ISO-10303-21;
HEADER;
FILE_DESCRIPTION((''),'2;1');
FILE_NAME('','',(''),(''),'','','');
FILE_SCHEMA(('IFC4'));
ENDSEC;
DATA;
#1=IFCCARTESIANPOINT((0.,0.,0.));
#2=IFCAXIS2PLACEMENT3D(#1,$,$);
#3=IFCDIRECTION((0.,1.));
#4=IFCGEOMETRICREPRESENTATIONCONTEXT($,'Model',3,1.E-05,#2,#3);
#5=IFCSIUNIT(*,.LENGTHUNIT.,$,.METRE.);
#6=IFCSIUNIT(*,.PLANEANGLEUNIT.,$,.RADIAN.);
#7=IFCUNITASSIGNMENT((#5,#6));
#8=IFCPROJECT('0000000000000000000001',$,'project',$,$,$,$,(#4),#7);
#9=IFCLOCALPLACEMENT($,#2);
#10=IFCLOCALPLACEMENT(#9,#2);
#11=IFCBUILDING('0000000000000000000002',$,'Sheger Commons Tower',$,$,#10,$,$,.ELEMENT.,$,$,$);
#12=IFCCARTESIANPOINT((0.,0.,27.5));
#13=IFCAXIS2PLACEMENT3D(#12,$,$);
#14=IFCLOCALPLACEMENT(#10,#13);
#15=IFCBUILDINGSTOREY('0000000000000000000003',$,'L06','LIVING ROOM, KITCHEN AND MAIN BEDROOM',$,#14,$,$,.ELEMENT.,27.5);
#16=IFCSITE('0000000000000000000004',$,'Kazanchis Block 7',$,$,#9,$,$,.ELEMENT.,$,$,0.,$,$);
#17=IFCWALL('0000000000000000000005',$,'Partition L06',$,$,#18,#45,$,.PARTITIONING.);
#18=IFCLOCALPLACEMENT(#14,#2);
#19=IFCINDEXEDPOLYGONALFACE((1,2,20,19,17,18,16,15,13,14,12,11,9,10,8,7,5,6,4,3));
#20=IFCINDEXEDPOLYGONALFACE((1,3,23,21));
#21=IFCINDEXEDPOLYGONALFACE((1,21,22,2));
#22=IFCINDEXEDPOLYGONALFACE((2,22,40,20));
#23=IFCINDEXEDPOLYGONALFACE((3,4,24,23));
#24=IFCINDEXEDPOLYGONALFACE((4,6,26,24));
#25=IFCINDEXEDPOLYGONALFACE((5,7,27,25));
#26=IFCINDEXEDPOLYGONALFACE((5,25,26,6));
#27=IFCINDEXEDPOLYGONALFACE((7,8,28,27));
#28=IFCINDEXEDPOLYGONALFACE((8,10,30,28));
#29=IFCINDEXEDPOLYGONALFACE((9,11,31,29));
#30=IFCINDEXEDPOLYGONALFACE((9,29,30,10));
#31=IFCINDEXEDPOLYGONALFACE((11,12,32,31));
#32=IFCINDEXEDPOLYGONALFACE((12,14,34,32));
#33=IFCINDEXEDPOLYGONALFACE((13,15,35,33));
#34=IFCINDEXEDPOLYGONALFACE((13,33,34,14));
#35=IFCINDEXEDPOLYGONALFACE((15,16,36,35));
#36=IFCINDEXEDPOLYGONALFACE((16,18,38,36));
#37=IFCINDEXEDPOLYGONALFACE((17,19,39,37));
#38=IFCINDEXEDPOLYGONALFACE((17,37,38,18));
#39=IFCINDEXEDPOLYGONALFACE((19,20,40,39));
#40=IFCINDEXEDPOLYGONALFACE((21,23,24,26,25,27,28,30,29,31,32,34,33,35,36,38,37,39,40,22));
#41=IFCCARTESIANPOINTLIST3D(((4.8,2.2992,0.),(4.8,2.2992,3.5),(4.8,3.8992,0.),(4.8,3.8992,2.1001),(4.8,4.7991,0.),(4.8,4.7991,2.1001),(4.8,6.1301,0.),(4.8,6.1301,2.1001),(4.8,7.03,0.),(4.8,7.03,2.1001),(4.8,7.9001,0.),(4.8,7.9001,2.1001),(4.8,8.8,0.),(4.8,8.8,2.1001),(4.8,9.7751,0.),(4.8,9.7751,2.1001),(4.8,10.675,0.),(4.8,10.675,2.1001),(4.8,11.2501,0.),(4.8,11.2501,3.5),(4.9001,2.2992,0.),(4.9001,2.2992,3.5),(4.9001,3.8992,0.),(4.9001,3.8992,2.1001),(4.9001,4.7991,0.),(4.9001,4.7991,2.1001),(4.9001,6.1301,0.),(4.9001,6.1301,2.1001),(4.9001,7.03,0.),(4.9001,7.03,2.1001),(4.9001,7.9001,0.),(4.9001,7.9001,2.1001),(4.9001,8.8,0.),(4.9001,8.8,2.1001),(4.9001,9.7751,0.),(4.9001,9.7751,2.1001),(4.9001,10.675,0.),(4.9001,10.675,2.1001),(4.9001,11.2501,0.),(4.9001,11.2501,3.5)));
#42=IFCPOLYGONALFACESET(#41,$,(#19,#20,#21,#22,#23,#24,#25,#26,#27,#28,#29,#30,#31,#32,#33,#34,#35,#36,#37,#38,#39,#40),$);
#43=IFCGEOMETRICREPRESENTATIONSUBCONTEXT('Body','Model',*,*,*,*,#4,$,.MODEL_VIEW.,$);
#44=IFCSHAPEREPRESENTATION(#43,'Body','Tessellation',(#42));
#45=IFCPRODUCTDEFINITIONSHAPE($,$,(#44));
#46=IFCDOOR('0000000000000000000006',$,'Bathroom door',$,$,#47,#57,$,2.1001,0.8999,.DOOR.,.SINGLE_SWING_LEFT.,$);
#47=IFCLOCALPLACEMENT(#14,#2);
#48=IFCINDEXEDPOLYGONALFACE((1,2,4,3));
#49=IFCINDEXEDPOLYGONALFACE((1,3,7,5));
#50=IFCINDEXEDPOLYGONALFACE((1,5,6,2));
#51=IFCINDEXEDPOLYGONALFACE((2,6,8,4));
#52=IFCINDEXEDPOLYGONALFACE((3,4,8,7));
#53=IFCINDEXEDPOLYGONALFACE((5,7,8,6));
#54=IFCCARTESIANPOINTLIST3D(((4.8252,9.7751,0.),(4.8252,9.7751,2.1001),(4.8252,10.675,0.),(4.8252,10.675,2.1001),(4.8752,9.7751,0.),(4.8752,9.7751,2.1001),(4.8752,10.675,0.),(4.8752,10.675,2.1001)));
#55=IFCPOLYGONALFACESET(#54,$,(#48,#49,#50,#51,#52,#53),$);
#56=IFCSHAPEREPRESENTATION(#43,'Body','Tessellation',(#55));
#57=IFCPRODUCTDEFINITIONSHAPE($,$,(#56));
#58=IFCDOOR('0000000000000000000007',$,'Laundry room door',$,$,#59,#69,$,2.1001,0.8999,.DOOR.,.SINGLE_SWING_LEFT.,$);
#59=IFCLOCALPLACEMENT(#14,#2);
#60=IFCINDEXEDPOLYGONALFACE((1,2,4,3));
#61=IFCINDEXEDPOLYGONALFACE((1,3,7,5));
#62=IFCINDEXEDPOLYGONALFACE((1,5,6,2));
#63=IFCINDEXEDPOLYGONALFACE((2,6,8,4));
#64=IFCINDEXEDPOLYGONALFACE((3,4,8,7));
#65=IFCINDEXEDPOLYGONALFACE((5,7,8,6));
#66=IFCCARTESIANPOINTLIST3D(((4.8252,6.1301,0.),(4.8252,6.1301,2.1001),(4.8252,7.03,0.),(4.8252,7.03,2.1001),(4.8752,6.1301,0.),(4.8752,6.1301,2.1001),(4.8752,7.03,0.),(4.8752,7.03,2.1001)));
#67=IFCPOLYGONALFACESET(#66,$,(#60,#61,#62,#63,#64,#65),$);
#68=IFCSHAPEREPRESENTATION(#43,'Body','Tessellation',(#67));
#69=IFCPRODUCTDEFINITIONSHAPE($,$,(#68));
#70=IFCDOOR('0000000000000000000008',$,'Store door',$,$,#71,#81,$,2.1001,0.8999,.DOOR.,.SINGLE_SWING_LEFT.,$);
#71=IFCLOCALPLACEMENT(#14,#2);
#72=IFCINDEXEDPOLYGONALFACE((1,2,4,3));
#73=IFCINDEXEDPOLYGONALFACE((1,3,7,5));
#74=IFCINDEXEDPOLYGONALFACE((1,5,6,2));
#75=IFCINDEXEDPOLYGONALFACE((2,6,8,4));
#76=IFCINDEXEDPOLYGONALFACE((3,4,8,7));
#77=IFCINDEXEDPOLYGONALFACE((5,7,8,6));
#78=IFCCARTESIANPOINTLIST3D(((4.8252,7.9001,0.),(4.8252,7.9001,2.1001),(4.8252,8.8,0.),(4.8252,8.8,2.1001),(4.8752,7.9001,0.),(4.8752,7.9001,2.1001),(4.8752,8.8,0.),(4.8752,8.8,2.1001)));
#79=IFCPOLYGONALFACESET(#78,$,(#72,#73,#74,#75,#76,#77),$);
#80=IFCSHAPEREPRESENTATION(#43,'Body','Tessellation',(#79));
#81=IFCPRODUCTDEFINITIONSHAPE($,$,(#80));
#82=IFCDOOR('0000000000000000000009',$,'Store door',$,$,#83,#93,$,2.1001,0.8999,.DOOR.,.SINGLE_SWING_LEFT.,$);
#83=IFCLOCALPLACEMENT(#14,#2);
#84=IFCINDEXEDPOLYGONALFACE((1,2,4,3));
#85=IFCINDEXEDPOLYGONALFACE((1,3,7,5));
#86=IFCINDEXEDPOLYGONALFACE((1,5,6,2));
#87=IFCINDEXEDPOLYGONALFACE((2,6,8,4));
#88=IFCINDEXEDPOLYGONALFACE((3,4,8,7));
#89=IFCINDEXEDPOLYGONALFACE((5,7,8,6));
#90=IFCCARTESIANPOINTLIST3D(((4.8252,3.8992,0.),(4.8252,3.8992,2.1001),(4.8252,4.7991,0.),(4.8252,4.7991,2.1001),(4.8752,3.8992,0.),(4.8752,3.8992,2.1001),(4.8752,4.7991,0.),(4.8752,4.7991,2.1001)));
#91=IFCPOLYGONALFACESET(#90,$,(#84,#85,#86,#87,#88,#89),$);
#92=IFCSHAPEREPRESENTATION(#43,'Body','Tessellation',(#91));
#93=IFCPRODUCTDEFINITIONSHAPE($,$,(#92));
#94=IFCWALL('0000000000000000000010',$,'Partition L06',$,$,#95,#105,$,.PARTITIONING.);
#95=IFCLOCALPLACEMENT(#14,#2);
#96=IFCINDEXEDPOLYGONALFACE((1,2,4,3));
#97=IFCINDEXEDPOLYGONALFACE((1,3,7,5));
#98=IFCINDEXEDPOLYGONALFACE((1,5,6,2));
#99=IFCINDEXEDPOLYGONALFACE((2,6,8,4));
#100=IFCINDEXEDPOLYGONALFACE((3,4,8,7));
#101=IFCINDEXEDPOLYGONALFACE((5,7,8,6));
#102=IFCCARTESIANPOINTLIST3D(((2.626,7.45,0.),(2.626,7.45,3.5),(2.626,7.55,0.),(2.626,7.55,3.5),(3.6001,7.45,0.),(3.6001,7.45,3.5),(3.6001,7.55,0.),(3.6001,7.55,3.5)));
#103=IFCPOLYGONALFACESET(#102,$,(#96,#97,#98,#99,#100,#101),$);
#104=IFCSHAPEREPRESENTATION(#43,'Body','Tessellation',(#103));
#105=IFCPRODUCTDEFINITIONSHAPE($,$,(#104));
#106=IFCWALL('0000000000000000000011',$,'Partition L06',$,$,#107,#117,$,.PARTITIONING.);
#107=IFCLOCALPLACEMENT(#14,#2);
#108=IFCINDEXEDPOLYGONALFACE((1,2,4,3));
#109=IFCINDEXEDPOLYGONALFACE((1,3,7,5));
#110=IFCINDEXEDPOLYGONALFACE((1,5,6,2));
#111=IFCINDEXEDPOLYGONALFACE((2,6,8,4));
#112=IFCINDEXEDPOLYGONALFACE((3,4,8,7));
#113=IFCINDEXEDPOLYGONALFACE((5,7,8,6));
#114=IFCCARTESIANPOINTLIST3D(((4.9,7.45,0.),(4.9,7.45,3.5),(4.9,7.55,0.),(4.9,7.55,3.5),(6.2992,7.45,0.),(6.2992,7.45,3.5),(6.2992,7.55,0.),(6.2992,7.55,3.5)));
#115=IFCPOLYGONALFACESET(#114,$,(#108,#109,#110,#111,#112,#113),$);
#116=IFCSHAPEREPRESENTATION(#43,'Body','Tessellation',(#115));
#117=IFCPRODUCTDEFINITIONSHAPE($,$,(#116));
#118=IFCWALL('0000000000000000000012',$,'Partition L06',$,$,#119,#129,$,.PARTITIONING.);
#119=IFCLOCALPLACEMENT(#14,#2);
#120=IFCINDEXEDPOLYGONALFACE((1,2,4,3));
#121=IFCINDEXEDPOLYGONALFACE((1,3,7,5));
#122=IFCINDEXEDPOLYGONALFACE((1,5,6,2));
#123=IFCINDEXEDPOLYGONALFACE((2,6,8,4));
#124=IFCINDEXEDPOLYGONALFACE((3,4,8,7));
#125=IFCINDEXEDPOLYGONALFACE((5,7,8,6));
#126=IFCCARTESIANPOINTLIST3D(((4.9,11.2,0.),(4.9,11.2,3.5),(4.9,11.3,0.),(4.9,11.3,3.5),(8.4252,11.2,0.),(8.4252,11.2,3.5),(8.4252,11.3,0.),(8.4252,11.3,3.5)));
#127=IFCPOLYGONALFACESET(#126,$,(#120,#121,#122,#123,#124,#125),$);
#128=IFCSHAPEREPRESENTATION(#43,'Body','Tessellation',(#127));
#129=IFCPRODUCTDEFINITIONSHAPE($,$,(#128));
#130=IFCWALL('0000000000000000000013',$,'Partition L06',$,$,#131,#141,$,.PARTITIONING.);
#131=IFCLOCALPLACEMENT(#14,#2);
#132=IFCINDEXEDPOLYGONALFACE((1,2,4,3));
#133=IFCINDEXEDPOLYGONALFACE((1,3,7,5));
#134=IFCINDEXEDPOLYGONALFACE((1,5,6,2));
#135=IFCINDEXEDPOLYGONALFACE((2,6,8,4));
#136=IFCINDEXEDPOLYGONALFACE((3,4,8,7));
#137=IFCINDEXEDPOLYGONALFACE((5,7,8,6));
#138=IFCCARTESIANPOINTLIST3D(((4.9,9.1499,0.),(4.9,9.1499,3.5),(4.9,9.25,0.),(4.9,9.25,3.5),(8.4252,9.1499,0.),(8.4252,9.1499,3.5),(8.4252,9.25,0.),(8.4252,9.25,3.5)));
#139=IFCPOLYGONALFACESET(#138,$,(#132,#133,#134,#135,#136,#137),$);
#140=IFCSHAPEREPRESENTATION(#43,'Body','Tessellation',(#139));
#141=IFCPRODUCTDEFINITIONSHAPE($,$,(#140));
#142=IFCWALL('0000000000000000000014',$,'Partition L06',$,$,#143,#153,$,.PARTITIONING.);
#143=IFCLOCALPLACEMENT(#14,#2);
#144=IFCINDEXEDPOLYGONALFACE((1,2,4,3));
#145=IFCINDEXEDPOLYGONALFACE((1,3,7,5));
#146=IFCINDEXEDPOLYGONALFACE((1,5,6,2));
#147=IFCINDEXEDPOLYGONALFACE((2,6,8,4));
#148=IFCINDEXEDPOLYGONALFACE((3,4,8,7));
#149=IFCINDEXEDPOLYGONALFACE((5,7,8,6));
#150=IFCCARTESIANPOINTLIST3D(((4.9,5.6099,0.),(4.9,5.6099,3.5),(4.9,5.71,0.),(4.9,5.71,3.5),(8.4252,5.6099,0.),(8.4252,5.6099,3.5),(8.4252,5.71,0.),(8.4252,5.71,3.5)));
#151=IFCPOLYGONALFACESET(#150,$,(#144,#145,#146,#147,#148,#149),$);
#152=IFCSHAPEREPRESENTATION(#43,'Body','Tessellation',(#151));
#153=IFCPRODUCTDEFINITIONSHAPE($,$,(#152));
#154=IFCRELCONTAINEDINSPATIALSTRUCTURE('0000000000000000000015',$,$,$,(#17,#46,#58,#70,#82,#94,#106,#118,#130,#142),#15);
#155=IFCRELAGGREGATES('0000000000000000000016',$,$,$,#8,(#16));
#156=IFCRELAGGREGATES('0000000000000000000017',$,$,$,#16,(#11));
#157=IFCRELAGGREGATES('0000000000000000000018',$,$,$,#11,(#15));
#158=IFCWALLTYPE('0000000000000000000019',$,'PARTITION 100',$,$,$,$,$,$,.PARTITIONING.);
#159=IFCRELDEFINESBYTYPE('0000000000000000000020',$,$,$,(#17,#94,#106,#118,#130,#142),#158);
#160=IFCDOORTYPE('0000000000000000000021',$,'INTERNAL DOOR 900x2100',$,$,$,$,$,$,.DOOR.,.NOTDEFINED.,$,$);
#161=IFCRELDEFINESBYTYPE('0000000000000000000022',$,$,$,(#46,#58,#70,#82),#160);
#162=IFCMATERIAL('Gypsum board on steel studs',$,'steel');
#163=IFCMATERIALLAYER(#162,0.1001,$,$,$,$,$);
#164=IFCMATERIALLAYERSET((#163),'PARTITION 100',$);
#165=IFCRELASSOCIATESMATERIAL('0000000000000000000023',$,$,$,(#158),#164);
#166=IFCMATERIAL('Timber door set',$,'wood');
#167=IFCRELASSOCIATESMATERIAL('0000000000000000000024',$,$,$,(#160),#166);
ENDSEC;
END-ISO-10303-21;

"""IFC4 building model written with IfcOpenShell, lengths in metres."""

from ifc_helpers import new_model, si_unit, direction, frame, frame_2d, origin, place, context, subcontext, project, spatial, rectangle, extrude, material, layer, layer_set, type_object, element, fill, save


model = new_model("IFC4")

# Units and contexts
model_context = context("Model", 3, precision=1e-05, world=origin(), true_north=direction((0.0, 1.0)))
body_context = subcontext(model_context, "Body", "Model", "MODEL_VIEW")
ifc_project = project(units=[si_unit("LENGTHUNIT", "METRE"), si_unit("PLANEANGLEUNIT", "RADIAN")], contexts=[model_context])

# Site, building, storey
site_placement = place(None, origin())
site = spatial("IfcSite", under=ifc_project, at=site_placement, Name="Kazanchis Block 7", CompositionType="ELEMENT", RefElevation=0.0)
building_placement = place(site_placement, origin())
building = spatial("IfcBuilding", under=site, at=building_placement, Name="Sheger Commons Tower", CompositionType="ELEMENT")
storey_placement = place(building_placement, frame((0.0, 0.0, 27.5)))
storey = spatial("IfcBuildingStorey", under=building, at=storey_placement, Name="L06", Description="LIVING ROOM, KITCHEN AND MAIN BEDROOM", CompositionType="ELEMENT", Elevation=27.5)

# Wall, openings, doors
ifc_material_1 = material(Name="Gypsum board on steel studs", Category="steel")
ifc_layer_1 = layer(ifc_material_1, 0.1001)
ifc_layer_set_1 = layer_set([ifc_layer_1], Name="PARTITION 100")
wall_type_1 = type_object("IfcWallType", Name="PARTITION 100", PredefinedType="PARTITIONING", material=ifc_layer_set_1)
ifc_material_2 = material(Name="Timber door set", Category="wood")
door_type = type_object("IfcDoorType", Name="INTERNAL DOOR 900x2100", OperationType="NOTDEFINED", PredefinedType="DOOR", material=ifc_material_2)
wall_1_placement = place(storey_placement, frame((4.8501, 2.2991, 0.0), z_axis=(0.0, 0.0, 1.0), x_axis=(0.0, 1.0, 0.0)))
wall_1 = element("IfcWall", 1, at=wall_1_placement, inside=storey, type_object=wall_type_1, Name="Partition L06", PredefinedType="PARTITIONING", context=body_context, shape_type="SweptSolid", body=[
    extrude(rectangle(XDim=8.9509, YDim=0.1001, at=frame_2d((4.4756, 0.0))), origin(), (0.0, 0.0, 1.0), 3.5),
])
opening_1_placement = place(wall_1_placement, frame((7.4761, 0.0, 0.0)))
opening_1 = element("IfcOpeningElement", 2, at=opening_1_placement, cuts=wall_1, PredefinedType="OPENING", context=body_context, shape_type="SweptSolid", body=[
    extrude(rectangle(XDim=0.8999, YDim=2.1001, at=frame_2d((0.45, 1.05))), frame((0.0, 0.0601, 0.0), z_axis=(0.0, -1.0, 0.0), x_axis=(1.0, 0.0, 0.0)), (0.0, 0.0, 1.0), 0.1201),
])
opening_2_placement = place(wall_1_placement, frame((3.8311, 0.0, 0.0)))
opening_2 = element("IfcOpeningElement", 3, at=opening_2_placement, cuts=wall_1, PredefinedType="OPENING", context=body_context, shape_type="SweptSolid", body=[
    extrude(rectangle(XDim=0.8999, YDim=2.1001, at=frame_2d((0.45, 1.05))), frame((0.0, 0.0601, 0.0), z_axis=(0.0, -1.0, 0.0), x_axis=(1.0, 0.0, 0.0)), (0.0, 0.0, 1.0), 0.1201),
])
opening_3_placement = place(wall_1_placement, frame((5.6011, 0.0, 0.0)))
opening_3 = element("IfcOpeningElement", 4, at=opening_3_placement, cuts=wall_1, PredefinedType="OPENING", context=body_context, shape_type="SweptSolid", body=[
    extrude(rectangle(XDim=0.8999, YDim=2.1001, at=frame_2d((0.45, 1.05))), frame((0.0, 0.0601, 0.0), z_axis=(0.0, -1.0, 0.0), x_axis=(1.0, 0.0, 0.0)), (0.0, 0.0, 1.0), 0.1201),
])
opening_4_placement = place(wall_1_placement, frame((1.6001, 0.0, 0.0)))
opening_4 = element("IfcOpeningElement", 5, at=opening_4_placement, cuts=wall_1, PredefinedType="OPENING", context=body_context, shape_type="SweptSolid", body=[
    extrude(rectangle(XDim=0.8999, YDim=2.1001, at=frame_2d((0.45, 1.05))), frame((0.0, 0.0601, 0.0), z_axis=(0.0, -1.0, 0.0), x_axis=(1.0, 0.0, 0.0)), (0.0, 0.0, 1.0), 0.1201),
])
door_1_placement = place(opening_1_placement, origin())
door_1 = element("IfcDoor", 6, at=door_1_placement, inside=storey, type_object=door_type, Name="Bathroom door", OperationType="SINGLE_SWING_LEFT", OverallHeight=2.1001, OverallWidth=0.8999, PredefinedType="DOOR", context=body_context, shape_type="SweptSolid", body=[
    extrude(rectangle(XDim=0.8999, YDim=2.1001, at=frame_2d((0.45, 1.05))), frame((0.0, 0.0249, 0.0), z_axis=(0.0, -1.0, 0.0), x_axis=(1.0, 0.0, 0.0)), (0.0, 0.0, 1.0), 0.05),
])
fill(opening_1, door_1)
door_2_placement = place(opening_2_placement, origin())
door_2 = element("IfcDoor", 7, at=door_2_placement, inside=storey, type_object=door_type, Name="Laundry room door", OperationType="SINGLE_SWING_LEFT", OverallHeight=2.1001, OverallWidth=0.8999, PredefinedType="DOOR", context=body_context, shape_type="SweptSolid", body=[
    extrude(rectangle(XDim=0.8999, YDim=2.1001, at=frame_2d((0.45, 1.05))), frame((0.0, 0.0249, 0.0), z_axis=(0.0, -1.0, 0.0), x_axis=(1.0, 0.0, 0.0)), (0.0, 0.0, 1.0), 0.05),
])
fill(opening_2, door_2)
door_3_placement = place(opening_3_placement, origin())
door_3 = element("IfcDoor", 8, at=door_3_placement, inside=storey, type_object=door_type, Name="Store door", OperationType="SINGLE_SWING_LEFT", OverallHeight=2.1001, OverallWidth=0.8999, PredefinedType="DOOR", context=body_context, shape_type="SweptSolid", body=[
    extrude(rectangle(XDim=0.8999, YDim=2.1001, at=frame_2d((0.45, 1.05))), frame((0.0, 0.0249, 0.0), z_axis=(0.0, -1.0, 0.0), x_axis=(1.0, 0.0, 0.0)), (0.0, 0.0, 1.0), 0.05),
])
fill(opening_3, door_3)
door_4_placement = place(opening_4_placement, origin())
door_4 = element("IfcDoor", 9, at=door_4_placement, inside=storey, type_object=door_type, Name="Store door", OperationType="SINGLE_SWING_LEFT", OverallHeight=2.1001, OverallWidth=0.8999, PredefinedType="DOOR", context=body_context, shape_type="SweptSolid", body=[
    extrude(rectangle(XDim=0.8999, YDim=2.1001, at=frame_2d((0.45, 1.05))), frame((0.0, 0.0249, 0.0), z_axis=(0.0, -1.0, 0.0), x_axis=(1.0, 0.0, 0.0)), (0.0, 0.0, 1.0), 0.05),
])
fill(opening_4, door_4)

# Walls
wall_2_placement = place(storey_placement, frame((2.626, 7.5, 0.0), z_axis=(0.0, 0.0, 1.0), x_axis=(1.0, 0.0, 0.0)))
element("IfcWall", 10, at=wall_2_placement, inside=storey, type_object=wall_type_1, Name="Partition L06", PredefinedType="PARTITIONING", context=body_context, shape_type="SweptSolid", body=[
    extrude(rectangle(XDim=0.9741, YDim=0.1001, at=frame_2d((0.4871, 0.0))), origin(), (0.0, 0.0, 1.0), 3.5),
])
wall_3_placement = place(storey_placement, frame((4.8999, 7.5, 0.0), z_axis=(0.0, 0.0, 1.0), x_axis=(1.0, 0.0, 0.0)))
element("IfcWall", 11, at=wall_3_placement, inside=storey, type_object=wall_type_1, Name="Partition L06", PredefinedType="PARTITIONING", context=body_context, shape_type="SweptSolid", body=[
    extrude(rectangle(XDim=1.3992, YDim=0.1001, at=frame_2d((0.6997, 0.0))), origin(), (0.0, 0.0, 1.0), 3.5),
])
for number, where, z_axis, x_axis, name in (
    (12, (4.8999, 11.25, 0.0), (0.0, 0.0, 1.0), (1.0, 0.0, 0.0), "Partition L06"),
    (13, (4.8999, 9.2, 0.0), (0.0, 0.0, 1.0), (1.0, 0.0, 0.0), "Partition L06"),
    (14, (4.8999, 5.6599, 0.0), (0.0, 0.0, 1.0), (1.0, 0.0, 0.0), "Partition L06"),
):
    element("IfcWall", number, at=place(storey_placement, frame(where, z_axis=z_axis, x_axis=x_axis)), inside=storey, type_object=wall_type_1, Name=name, PredefinedType="PARTITIONING", context=body_context, shape_type="SweptSolid", body=[
        extrude(rectangle(XDim=3.5251, YDim=0.1001, at=frame_2d((1.7627, 0.0))), origin(), (0.0, 0.0, 1.0), 3.5),
    ])

save(model, "model.ifc")
